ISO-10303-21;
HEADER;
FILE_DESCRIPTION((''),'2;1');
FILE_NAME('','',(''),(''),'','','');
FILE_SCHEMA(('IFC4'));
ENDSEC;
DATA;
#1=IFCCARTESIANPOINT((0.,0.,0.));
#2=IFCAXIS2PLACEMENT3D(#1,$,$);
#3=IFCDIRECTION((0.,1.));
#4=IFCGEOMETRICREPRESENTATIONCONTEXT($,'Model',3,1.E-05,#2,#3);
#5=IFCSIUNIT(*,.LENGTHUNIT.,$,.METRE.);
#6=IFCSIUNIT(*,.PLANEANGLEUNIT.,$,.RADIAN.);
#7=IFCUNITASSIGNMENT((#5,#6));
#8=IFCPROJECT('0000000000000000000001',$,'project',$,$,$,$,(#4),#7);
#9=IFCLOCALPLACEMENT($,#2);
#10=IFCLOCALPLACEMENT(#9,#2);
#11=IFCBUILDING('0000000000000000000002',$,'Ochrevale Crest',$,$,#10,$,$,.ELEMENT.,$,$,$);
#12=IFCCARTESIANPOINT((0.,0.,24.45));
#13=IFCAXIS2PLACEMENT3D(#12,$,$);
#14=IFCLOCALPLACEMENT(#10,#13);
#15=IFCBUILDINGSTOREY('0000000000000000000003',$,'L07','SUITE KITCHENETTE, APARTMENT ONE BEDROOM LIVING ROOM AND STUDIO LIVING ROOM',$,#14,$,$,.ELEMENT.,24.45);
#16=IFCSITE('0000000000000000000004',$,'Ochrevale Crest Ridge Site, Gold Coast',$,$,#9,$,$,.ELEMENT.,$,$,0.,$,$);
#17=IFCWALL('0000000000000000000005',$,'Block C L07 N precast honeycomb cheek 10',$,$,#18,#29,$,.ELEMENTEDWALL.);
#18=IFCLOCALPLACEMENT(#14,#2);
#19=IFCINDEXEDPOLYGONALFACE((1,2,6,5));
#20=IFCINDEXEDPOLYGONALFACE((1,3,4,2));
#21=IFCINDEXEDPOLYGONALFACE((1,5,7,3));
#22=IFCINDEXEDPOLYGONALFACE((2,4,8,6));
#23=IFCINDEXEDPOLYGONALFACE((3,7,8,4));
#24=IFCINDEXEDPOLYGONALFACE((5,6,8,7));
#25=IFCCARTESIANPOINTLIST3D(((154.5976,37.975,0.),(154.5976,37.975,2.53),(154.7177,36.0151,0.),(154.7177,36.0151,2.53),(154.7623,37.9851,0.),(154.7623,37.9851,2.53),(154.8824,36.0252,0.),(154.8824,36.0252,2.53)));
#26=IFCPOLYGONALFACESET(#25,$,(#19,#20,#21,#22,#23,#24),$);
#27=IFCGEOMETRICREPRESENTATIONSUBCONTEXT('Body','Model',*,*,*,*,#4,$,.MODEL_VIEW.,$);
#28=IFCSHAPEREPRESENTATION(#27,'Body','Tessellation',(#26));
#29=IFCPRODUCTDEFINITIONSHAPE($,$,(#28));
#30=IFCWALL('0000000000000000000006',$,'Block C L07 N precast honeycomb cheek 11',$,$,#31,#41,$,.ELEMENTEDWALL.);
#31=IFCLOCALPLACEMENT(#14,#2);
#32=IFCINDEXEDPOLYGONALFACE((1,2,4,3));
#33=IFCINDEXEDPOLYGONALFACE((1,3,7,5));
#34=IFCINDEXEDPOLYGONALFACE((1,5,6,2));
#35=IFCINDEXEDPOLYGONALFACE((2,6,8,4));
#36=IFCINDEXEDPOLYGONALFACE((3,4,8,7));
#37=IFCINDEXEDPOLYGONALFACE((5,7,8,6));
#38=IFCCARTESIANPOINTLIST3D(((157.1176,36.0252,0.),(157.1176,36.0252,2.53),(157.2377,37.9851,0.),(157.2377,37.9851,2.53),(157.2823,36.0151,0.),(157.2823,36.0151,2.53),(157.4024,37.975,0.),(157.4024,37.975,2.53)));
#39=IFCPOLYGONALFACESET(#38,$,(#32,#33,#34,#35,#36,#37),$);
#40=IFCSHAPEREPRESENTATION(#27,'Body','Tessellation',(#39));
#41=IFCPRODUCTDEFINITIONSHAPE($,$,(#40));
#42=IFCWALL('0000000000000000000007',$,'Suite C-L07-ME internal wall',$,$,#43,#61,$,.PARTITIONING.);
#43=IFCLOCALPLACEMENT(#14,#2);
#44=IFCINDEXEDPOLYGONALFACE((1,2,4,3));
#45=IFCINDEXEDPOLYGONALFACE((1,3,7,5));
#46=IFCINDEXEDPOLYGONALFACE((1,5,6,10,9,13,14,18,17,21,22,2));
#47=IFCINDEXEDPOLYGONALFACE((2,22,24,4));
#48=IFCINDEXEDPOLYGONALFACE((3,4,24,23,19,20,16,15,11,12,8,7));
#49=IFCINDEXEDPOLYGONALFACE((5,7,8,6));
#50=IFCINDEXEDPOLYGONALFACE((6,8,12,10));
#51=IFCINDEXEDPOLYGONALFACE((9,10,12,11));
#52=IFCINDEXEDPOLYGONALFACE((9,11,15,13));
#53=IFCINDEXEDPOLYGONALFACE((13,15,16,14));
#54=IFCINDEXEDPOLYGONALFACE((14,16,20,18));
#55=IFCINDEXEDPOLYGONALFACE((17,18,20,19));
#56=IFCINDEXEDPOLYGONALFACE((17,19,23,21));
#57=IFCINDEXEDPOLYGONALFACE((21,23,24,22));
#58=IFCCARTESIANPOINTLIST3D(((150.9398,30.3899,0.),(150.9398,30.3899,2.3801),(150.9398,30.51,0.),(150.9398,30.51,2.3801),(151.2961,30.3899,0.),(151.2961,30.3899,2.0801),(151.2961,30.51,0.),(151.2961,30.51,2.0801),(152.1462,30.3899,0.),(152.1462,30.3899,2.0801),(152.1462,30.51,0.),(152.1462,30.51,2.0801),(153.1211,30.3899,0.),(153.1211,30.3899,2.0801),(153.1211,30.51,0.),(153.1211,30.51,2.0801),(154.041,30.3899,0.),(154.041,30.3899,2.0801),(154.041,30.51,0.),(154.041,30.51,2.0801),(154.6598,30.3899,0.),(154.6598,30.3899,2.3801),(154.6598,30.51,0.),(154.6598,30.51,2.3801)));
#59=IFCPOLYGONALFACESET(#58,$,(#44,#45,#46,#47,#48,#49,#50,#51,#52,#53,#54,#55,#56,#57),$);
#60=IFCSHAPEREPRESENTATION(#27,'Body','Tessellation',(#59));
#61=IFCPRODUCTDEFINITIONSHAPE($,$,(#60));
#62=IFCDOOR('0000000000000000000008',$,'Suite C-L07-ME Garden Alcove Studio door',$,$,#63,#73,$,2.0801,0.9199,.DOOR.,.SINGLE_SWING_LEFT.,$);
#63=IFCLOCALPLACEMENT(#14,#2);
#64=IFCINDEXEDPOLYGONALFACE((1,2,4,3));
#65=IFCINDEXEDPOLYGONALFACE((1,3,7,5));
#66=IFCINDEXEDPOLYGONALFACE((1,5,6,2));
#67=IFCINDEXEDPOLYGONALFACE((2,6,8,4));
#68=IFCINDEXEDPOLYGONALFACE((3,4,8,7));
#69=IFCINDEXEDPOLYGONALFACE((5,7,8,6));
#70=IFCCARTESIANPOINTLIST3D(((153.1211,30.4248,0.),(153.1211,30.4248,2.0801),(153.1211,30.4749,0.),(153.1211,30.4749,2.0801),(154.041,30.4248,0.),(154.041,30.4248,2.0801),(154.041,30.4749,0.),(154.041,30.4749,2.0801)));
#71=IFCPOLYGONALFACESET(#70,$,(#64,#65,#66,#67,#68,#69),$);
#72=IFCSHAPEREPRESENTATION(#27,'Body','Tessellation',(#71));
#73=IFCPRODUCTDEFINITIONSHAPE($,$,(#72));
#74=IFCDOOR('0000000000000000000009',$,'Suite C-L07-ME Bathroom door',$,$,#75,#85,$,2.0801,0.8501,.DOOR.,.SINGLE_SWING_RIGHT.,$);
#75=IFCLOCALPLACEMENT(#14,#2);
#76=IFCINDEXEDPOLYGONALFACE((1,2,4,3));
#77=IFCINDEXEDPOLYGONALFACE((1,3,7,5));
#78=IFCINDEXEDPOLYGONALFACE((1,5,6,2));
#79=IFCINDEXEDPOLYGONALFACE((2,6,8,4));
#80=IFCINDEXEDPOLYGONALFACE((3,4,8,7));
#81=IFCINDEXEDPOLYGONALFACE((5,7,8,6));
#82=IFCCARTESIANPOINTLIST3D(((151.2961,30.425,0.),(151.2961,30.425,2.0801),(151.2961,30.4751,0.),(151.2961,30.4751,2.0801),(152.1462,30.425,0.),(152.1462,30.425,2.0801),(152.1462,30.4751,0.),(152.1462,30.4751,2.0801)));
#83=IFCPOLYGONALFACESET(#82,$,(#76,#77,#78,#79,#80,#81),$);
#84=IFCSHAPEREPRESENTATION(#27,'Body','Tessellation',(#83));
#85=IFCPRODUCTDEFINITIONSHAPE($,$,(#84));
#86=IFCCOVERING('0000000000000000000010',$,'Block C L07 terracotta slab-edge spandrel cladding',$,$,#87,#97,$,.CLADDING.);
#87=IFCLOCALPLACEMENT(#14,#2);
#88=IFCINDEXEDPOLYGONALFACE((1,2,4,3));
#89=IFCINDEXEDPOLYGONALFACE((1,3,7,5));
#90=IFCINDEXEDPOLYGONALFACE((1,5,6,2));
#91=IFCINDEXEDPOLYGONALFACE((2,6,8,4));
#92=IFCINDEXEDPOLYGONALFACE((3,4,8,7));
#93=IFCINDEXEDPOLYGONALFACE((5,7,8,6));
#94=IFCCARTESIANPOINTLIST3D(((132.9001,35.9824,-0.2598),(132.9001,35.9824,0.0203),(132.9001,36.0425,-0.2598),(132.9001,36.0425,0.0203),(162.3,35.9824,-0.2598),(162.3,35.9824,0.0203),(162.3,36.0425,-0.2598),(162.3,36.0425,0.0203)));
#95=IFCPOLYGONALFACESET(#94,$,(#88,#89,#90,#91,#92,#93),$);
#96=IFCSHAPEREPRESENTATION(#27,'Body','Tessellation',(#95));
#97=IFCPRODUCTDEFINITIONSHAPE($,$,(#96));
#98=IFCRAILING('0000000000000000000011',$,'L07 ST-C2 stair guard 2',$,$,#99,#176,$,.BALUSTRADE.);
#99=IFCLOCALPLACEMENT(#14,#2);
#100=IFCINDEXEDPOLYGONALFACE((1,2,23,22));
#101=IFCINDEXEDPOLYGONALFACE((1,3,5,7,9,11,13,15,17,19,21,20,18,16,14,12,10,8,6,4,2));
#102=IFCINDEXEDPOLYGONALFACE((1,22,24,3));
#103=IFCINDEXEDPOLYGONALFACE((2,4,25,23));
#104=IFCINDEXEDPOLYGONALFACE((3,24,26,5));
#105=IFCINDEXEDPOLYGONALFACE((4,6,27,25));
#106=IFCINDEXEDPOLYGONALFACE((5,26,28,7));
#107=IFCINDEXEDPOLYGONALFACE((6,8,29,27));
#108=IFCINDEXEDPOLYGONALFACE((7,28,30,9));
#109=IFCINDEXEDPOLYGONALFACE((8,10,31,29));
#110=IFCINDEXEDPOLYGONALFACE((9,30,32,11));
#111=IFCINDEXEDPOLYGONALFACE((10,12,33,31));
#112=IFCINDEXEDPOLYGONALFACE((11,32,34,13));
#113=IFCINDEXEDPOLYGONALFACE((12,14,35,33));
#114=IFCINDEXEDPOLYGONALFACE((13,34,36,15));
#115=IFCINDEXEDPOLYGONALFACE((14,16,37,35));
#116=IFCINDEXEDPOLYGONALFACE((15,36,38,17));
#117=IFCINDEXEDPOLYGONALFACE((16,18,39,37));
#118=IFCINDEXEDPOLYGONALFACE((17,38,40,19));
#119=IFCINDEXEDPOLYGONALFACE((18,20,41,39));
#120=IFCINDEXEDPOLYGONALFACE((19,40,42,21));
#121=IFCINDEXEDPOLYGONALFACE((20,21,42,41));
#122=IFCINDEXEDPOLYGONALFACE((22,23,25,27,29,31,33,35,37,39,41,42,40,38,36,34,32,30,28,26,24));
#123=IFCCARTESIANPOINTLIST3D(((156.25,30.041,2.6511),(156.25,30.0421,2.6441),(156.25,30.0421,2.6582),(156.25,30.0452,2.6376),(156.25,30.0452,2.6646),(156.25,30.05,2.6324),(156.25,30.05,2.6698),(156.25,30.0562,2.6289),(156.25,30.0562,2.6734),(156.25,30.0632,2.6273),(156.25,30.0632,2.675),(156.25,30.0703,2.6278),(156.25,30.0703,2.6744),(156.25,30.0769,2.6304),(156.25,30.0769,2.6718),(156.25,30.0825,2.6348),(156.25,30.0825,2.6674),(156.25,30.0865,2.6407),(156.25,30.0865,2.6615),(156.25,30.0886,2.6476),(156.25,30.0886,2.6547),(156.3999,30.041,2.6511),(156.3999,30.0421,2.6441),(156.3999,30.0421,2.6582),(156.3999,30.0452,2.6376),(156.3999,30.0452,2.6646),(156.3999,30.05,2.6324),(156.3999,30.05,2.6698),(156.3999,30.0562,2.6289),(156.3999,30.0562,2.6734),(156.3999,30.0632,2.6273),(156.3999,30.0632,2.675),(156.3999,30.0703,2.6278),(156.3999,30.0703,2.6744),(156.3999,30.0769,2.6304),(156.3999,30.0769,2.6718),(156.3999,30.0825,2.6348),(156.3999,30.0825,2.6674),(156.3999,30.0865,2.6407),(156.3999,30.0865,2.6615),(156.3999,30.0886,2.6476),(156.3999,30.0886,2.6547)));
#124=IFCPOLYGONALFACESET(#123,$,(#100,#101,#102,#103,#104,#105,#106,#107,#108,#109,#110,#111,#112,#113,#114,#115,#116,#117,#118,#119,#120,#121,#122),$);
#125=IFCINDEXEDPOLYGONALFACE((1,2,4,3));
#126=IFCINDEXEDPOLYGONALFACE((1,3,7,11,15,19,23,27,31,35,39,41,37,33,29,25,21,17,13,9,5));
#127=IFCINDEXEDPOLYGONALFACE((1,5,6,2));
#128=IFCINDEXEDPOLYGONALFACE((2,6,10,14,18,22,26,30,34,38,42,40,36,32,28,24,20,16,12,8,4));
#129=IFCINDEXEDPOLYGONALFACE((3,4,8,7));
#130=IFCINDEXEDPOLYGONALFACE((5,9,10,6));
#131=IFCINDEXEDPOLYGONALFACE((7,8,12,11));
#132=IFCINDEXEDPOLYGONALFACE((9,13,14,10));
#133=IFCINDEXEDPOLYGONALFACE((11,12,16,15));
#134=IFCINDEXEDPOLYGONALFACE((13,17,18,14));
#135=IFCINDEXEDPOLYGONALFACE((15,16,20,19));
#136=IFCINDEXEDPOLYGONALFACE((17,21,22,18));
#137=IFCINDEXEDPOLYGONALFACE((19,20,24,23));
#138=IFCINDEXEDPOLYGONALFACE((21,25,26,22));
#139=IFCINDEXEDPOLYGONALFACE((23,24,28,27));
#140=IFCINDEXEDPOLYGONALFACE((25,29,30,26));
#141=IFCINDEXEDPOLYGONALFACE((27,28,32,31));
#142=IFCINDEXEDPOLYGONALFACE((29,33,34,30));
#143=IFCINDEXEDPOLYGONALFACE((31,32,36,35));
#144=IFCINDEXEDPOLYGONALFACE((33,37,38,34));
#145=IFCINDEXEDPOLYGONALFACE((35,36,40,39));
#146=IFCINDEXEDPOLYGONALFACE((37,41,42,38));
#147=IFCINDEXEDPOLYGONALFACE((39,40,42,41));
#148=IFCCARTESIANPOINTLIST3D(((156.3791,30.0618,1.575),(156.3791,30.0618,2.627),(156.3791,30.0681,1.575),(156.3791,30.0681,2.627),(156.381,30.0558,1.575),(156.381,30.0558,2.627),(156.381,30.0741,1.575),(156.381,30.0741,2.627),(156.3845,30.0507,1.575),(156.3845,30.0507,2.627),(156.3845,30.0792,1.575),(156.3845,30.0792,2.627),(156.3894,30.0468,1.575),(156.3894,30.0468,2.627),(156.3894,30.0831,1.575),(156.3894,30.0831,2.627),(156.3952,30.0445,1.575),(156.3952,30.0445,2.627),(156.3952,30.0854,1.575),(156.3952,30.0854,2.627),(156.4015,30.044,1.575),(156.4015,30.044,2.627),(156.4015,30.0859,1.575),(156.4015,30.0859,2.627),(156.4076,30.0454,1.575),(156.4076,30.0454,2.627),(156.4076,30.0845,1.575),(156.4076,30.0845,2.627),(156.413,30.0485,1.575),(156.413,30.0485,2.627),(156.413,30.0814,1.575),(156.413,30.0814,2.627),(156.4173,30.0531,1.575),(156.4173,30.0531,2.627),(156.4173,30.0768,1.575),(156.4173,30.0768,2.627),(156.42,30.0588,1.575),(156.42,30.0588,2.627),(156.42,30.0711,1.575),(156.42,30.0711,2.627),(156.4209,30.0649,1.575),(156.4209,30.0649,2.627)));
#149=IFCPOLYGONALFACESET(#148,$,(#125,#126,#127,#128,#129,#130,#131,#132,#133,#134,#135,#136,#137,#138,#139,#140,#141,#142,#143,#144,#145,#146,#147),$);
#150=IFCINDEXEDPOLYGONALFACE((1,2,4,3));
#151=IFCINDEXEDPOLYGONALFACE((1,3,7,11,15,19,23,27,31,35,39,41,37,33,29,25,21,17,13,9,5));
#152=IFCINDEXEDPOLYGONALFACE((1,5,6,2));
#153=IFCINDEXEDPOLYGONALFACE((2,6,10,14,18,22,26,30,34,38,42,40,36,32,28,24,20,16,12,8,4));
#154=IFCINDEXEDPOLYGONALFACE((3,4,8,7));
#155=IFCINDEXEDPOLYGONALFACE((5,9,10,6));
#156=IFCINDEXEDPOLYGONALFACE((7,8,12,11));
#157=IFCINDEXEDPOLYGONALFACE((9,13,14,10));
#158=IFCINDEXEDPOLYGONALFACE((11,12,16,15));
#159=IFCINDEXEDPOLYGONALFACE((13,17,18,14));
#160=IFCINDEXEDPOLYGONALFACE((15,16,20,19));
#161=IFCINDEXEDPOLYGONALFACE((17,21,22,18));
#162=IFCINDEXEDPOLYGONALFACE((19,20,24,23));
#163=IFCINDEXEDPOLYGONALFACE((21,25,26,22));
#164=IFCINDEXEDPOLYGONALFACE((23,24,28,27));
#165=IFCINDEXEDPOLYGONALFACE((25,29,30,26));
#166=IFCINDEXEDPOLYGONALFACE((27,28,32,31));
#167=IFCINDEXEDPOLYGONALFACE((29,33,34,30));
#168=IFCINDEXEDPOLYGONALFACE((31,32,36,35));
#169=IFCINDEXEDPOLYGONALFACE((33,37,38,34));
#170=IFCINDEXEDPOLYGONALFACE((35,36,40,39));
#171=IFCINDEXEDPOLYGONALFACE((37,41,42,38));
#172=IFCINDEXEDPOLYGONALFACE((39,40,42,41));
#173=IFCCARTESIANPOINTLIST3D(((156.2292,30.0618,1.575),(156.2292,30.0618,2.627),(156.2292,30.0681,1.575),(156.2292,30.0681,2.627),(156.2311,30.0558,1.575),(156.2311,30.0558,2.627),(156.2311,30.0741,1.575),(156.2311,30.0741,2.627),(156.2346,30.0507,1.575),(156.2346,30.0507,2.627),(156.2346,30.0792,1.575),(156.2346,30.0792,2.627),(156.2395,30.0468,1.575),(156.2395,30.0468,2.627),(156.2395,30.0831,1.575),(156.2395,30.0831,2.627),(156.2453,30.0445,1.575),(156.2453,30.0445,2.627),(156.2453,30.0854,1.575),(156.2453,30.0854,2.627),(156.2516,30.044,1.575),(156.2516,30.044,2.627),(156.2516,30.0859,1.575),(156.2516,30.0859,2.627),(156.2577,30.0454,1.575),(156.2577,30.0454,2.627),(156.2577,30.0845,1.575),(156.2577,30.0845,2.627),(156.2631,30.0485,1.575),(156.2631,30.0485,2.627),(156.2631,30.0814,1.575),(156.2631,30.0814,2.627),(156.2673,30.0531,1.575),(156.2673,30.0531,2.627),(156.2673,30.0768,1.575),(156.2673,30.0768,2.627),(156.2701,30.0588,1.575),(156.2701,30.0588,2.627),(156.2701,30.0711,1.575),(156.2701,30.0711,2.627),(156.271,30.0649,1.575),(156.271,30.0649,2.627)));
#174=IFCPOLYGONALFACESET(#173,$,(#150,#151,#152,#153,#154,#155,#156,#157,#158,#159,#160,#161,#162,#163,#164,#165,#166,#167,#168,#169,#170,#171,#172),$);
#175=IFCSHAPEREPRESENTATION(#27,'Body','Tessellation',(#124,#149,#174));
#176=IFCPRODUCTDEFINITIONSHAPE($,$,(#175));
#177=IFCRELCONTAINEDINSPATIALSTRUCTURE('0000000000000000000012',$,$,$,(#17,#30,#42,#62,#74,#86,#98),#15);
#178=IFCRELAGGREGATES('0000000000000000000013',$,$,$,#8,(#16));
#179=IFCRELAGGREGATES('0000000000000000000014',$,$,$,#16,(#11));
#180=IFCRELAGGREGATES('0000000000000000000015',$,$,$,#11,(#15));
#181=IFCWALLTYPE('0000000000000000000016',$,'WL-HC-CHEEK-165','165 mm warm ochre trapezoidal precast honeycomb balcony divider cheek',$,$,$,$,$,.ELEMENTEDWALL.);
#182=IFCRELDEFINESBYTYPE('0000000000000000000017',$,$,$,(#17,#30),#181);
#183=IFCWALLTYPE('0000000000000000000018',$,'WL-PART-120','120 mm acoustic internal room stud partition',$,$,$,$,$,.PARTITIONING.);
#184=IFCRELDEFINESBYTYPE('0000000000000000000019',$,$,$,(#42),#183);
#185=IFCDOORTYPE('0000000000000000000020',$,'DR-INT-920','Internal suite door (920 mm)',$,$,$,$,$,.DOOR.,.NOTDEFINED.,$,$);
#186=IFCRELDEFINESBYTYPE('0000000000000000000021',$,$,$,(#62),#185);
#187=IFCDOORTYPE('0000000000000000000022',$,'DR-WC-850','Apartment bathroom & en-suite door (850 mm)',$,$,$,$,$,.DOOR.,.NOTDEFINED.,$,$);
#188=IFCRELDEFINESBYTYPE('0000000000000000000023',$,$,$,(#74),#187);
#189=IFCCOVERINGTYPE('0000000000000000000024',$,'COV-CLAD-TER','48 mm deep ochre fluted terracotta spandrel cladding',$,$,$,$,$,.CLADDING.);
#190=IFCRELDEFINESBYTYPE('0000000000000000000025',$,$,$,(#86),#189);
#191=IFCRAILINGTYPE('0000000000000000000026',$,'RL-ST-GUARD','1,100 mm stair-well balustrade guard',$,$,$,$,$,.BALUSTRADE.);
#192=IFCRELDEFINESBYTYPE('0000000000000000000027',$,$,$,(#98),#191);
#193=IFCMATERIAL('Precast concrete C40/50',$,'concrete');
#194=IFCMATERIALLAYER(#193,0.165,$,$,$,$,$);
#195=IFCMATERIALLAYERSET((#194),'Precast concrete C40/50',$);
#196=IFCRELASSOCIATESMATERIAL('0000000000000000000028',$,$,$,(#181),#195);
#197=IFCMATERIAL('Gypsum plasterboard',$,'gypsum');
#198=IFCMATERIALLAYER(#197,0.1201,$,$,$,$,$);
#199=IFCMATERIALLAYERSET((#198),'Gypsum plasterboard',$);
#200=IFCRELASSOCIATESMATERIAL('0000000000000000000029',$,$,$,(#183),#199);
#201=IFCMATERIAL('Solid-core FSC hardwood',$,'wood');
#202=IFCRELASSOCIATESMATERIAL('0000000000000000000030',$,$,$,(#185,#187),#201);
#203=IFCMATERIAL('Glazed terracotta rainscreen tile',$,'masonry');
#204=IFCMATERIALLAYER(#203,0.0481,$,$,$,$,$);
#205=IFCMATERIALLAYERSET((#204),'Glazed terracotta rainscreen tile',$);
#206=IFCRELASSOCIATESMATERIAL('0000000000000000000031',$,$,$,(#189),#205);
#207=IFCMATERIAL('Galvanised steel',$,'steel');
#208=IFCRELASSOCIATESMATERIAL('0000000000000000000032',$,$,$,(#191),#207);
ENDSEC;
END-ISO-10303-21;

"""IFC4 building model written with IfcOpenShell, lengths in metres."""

from ifc_helpers import new_model, si_unit, direction, frame, frame_2d, origin, origin_2d, place, context, subcontext, project, spatial, rectangle, circle, extrude, material, layer, layer_set, type_object, element, fill, save


model = new_model("IFC4")

# Units and contexts
model_context = context("Model", 3, precision=1e-05, world=origin(), true_north=direction((0.0, 1.0)))
body_context = subcontext(model_context, "Body", "Model", "MODEL_VIEW")
ifc_project = project(units=[si_unit("LENGTHUNIT", "METRE"), si_unit("PLANEANGLEUNIT", "RADIAN")], contexts=[model_context])

# Site, building, storey
site_placement = place(None, origin())
site = spatial("IfcSite", under=ifc_project, at=site_placement, Name="Ochrevale Crest Ridge Site, Gold Coast", CompositionType="ELEMENT", RefElevation=0.0)
building_placement = place(site_placement, origin())
building = spatial("IfcBuilding", under=site, at=building_placement, Name="Ochrevale Crest", CompositionType="ELEMENT")
storey_placement = place(building_placement, frame((0.0, 0.0, 24.45)))
storey = spatial("IfcBuildingStorey", under=building, at=storey_placement, Name="L07", Description="SUITE KITCHENETTE, APARTMENT ONE BEDROOM LIVING ROOM AND STUDIO LIVING ROOM", CompositionType="ELEMENT", Elevation=24.45)

# Shared definitions
ifc_material_1 = material(Name="Precast concrete C40/50", Category="concrete")

# Walls
ifc_layer_1 = layer(ifc_material_1, 0.165)
ifc_layer_set_1 = layer_set([ifc_layer_1], Name="Precast concrete C40/50")
wall_type_1 = type_object("IfcWallType", Name="WL-HC-CHEEK-165", Description="165 mm warm ochre trapezoidal precast honeycomb balcony divider cheek", PredefinedType="ELEMENTEDWALL", material=ifc_layer_set_1)
for number, where, z_axis, x_axis, name in (
    (1, (154.8, 36.02, 0.0), (0.0, 0.0, 1.0), (-0.061171, 0.998127, 0.0), "Block C L07 N precast honeycomb cheek 10"),
    (2, (157.2, 36.02, 0.0), (0.0, 0.0, 1.0), (0.061171, 0.998127, 0.0), "Block C L07 N precast honeycomb cheek 11"),
):
    element("IfcWall", number, at=place(storey_placement, frame(where, z_axis=z_axis, x_axis=x_axis)), inside=storey, type_object=wall_type_1, Name=name, PredefinedType="ELEMENTEDWALL", context=body_context, shape_type="SweptSolid", body=[
        extrude(rectangle(XDim=1.9636, YDim=0.165, at=frame_2d((0.9819, 0.0))), origin(), (0.0, 0.0, 1.0), 2.53),
    ])

# Wall, openings, doors
ifc_material_2 = material(Name="Gypsum plasterboard", Category="gypsum")
ifc_layer_2 = layer(ifc_material_2, 0.1201)
ifc_layer_set_2 = layer_set([ifc_layer_2], Name="Gypsum plasterboard")
wall_type_2 = type_object("IfcWallType", Name="WL-PART-120", Description="120 mm acoustic internal room stud partition", PredefinedType="PARTITIONING", material=ifc_layer_set_2)
wall_1_placement = place(storey_placement, frame((150.9399, 30.45, 0.0), z_axis=(0.0, 0.0, 1.0), x_axis=(1.0, 0.0, 0.0)))
wall_1 = element("IfcWall", 3, at=wall_1_placement, inside=storey, type_object=wall_type_2, Name="Suite C-L07-ME internal wall", PredefinedType="PARTITIONING", context=body_context, shape_type="SweptSolid", body=[
    extrude(rectangle(XDim=3.72, YDim=0.1201, at=frame_2d((1.8599, 0.0))), origin(), (0.0, 0.0, 1.0), 2.3801),
])
opening_1_placement = place(wall_1_placement, frame((1.2063, 0.0, 0.0), z_axis=(0.0, 0.0, 1.0), x_axis=(-1.0, 0.0, 0.0)))
opening_1 = element("IfcOpeningElement", 4, at=opening_1_placement, cuts=wall_1, PredefinedType="OPENING", context=body_context, shape_type="SweptSolid", body=[
    extrude(rectangle(XDim=0.8501, YDim=2.0801, at=frame_2d((0.425, 1.04))), frame((0.0, 0.0701, 0.0), z_axis=(0.0, -1.0, 0.0), x_axis=(1.0, 0.0, 0.0)), (0.0, 0.0, 1.0), 0.1401),
])
opening_2_placement = place(wall_1_placement, frame((2.1812, 0.0, 0.0)))
opening_2 = element("IfcOpeningElement", 5, at=opening_2_placement, cuts=wall_1, PredefinedType="OPENING", context=body_context, shape_type="SweptSolid", body=[
    extrude(rectangle(XDim=0.9199, YDim=2.0801, at=frame_2d((0.46, 1.04))), frame((0.0, 0.0701, 0.0), z_axis=(0.0, -1.0, 0.0), x_axis=(1.0, 0.0, 0.0)), (0.0, 0.0, 1.0), 0.1401),
])
ifc_material_3 = material(Name="Solid-core FSC hardwood", Category="wood")
door_type_1 = type_object("IfcDoorType", Name="DR-INT-920", Description="Internal suite door (920 mm)", OperationType="NOTDEFINED", PredefinedType="DOOR", material=ifc_material_3)
door_1_placement = place(opening_2_placement, origin())
door_1 = element("IfcDoor", 6, at=door_1_placement, inside=storey, type_object=door_type_1, Name="Suite C-L07-ME Garden Alcove Studio door", OperationType="SINGLE_SWING_LEFT", OverallHeight=2.0801, OverallWidth=0.9199, PredefinedType="DOOR", context=body_context, shape_type="SweptSolid", body=[
    extrude(rectangle(XDim=0.9199, YDim=2.0801, at=frame_2d((0.46, 1.04))), frame((0.0, 0.0249, 0.0), z_axis=(0.0, -1.0, 0.0), x_axis=(1.0, 0.0, 0.0)), (0.0, 0.0, 1.0), 0.05),
])
fill(opening_2, door_1)
door_type_2 = type_object("IfcDoorType", Name="DR-WC-850", Description="Apartment bathroom & en-suite door (850 mm)", OperationType="NOTDEFINED", PredefinedType="DOOR", material=ifc_material_3)
door_2_placement = place(opening_1_placement, origin())
door_2 = element("IfcDoor", 7, at=door_2_placement, inside=storey, type_object=door_type_2, Name="Suite C-L07-ME Bathroom door", OperationType="SINGLE_SWING_RIGHT", OverallHeight=2.0801, OverallWidth=0.8501, PredefinedType="DOOR", context=body_context, shape_type="SweptSolid", body=[
    extrude(rectangle(XDim=0.8501, YDim=2.0801, at=frame_2d((0.425, 1.04))), frame((0.0, 0.0249, 0.0), z_axis=(0.0, -1.0, 0.0), x_axis=(1.0, 0.0, 0.0)), (0.0, 0.0, 1.0), 0.05),
])
fill(opening_1, door_2)

# Covering
ifc_material_4 = material(Name="Glazed terracotta rainscreen tile", Category="masonry")
ifc_layer_3 = layer(ifc_material_4, 0.0481)
ifc_layer_set_3 = layer_set([ifc_layer_3], Name="Glazed terracotta rainscreen tile")
covering_type = type_object("IfcCoveringType", Name="COV-CLAD-TER", Description="48 mm deep ochre fluted terracotta spandrel cladding", PredefinedType="CLADDING", material=ifc_layer_set_3)
covering_placement = place(storey_placement, frame((147.6001, 36.0125, -0.2598), z_axis=(0.0, 0.0, 1.0), x_axis=(-1.0, 0.0, 0.0)))
element("IfcCovering", 8, at=covering_placement, inside=storey, type_object=covering_type, Name="Block C L07 terracotta slab-edge spandrel cladding", PredefinedType="CLADDING", context=body_context, shape_type="SweptSolid", body=[
    extrude(rectangle(XDim=29.3999, YDim=0.0601, at=origin_2d()), origin(), (0.0, 0.0, 1.0), 0.28),
])

# Railing
ifc_material_5 = material(Name="Galvanised steel", Category="steel")
railing_type = type_object("IfcRailingType", Name="RL-ST-GUARD", Description="1,100 mm stair-well balustrade guard", PredefinedType="BALUSTRADE", material=ifc_material_5)
railing_placement = place(storey_placement, frame((156.3999, 30.0649, 1.575)))
element("IfcRailing", 9, at=railing_placement, inside=storey, type_object=railing_type, Name="L07 ST-C2 stair guard 2", PredefinedType="BALUSTRADE", context=body_context, shape_type="SweptSolid", body=[
    extrude(circle(Radius=0.0239, at=origin_2d()), frame((0.0, 0.0, 1.0762), z_axis=(-1.0, 0.0, 0.0), x_axis=(0.0, -1.0, 0.0)), (0.0, 0.0, 1.0), 0.1499),
    extrude(circle(Radius=0.021, at=origin_2d()), origin(), (0.0, 0.0, 1.0), 1.052),
    extrude(circle(Radius=0.021, at=origin_2d()), frame((-0.1499, 0.0, 0.0)), (0.0, 0.0, 1.0), 1.052),
])

save(model, "model.ifc")
